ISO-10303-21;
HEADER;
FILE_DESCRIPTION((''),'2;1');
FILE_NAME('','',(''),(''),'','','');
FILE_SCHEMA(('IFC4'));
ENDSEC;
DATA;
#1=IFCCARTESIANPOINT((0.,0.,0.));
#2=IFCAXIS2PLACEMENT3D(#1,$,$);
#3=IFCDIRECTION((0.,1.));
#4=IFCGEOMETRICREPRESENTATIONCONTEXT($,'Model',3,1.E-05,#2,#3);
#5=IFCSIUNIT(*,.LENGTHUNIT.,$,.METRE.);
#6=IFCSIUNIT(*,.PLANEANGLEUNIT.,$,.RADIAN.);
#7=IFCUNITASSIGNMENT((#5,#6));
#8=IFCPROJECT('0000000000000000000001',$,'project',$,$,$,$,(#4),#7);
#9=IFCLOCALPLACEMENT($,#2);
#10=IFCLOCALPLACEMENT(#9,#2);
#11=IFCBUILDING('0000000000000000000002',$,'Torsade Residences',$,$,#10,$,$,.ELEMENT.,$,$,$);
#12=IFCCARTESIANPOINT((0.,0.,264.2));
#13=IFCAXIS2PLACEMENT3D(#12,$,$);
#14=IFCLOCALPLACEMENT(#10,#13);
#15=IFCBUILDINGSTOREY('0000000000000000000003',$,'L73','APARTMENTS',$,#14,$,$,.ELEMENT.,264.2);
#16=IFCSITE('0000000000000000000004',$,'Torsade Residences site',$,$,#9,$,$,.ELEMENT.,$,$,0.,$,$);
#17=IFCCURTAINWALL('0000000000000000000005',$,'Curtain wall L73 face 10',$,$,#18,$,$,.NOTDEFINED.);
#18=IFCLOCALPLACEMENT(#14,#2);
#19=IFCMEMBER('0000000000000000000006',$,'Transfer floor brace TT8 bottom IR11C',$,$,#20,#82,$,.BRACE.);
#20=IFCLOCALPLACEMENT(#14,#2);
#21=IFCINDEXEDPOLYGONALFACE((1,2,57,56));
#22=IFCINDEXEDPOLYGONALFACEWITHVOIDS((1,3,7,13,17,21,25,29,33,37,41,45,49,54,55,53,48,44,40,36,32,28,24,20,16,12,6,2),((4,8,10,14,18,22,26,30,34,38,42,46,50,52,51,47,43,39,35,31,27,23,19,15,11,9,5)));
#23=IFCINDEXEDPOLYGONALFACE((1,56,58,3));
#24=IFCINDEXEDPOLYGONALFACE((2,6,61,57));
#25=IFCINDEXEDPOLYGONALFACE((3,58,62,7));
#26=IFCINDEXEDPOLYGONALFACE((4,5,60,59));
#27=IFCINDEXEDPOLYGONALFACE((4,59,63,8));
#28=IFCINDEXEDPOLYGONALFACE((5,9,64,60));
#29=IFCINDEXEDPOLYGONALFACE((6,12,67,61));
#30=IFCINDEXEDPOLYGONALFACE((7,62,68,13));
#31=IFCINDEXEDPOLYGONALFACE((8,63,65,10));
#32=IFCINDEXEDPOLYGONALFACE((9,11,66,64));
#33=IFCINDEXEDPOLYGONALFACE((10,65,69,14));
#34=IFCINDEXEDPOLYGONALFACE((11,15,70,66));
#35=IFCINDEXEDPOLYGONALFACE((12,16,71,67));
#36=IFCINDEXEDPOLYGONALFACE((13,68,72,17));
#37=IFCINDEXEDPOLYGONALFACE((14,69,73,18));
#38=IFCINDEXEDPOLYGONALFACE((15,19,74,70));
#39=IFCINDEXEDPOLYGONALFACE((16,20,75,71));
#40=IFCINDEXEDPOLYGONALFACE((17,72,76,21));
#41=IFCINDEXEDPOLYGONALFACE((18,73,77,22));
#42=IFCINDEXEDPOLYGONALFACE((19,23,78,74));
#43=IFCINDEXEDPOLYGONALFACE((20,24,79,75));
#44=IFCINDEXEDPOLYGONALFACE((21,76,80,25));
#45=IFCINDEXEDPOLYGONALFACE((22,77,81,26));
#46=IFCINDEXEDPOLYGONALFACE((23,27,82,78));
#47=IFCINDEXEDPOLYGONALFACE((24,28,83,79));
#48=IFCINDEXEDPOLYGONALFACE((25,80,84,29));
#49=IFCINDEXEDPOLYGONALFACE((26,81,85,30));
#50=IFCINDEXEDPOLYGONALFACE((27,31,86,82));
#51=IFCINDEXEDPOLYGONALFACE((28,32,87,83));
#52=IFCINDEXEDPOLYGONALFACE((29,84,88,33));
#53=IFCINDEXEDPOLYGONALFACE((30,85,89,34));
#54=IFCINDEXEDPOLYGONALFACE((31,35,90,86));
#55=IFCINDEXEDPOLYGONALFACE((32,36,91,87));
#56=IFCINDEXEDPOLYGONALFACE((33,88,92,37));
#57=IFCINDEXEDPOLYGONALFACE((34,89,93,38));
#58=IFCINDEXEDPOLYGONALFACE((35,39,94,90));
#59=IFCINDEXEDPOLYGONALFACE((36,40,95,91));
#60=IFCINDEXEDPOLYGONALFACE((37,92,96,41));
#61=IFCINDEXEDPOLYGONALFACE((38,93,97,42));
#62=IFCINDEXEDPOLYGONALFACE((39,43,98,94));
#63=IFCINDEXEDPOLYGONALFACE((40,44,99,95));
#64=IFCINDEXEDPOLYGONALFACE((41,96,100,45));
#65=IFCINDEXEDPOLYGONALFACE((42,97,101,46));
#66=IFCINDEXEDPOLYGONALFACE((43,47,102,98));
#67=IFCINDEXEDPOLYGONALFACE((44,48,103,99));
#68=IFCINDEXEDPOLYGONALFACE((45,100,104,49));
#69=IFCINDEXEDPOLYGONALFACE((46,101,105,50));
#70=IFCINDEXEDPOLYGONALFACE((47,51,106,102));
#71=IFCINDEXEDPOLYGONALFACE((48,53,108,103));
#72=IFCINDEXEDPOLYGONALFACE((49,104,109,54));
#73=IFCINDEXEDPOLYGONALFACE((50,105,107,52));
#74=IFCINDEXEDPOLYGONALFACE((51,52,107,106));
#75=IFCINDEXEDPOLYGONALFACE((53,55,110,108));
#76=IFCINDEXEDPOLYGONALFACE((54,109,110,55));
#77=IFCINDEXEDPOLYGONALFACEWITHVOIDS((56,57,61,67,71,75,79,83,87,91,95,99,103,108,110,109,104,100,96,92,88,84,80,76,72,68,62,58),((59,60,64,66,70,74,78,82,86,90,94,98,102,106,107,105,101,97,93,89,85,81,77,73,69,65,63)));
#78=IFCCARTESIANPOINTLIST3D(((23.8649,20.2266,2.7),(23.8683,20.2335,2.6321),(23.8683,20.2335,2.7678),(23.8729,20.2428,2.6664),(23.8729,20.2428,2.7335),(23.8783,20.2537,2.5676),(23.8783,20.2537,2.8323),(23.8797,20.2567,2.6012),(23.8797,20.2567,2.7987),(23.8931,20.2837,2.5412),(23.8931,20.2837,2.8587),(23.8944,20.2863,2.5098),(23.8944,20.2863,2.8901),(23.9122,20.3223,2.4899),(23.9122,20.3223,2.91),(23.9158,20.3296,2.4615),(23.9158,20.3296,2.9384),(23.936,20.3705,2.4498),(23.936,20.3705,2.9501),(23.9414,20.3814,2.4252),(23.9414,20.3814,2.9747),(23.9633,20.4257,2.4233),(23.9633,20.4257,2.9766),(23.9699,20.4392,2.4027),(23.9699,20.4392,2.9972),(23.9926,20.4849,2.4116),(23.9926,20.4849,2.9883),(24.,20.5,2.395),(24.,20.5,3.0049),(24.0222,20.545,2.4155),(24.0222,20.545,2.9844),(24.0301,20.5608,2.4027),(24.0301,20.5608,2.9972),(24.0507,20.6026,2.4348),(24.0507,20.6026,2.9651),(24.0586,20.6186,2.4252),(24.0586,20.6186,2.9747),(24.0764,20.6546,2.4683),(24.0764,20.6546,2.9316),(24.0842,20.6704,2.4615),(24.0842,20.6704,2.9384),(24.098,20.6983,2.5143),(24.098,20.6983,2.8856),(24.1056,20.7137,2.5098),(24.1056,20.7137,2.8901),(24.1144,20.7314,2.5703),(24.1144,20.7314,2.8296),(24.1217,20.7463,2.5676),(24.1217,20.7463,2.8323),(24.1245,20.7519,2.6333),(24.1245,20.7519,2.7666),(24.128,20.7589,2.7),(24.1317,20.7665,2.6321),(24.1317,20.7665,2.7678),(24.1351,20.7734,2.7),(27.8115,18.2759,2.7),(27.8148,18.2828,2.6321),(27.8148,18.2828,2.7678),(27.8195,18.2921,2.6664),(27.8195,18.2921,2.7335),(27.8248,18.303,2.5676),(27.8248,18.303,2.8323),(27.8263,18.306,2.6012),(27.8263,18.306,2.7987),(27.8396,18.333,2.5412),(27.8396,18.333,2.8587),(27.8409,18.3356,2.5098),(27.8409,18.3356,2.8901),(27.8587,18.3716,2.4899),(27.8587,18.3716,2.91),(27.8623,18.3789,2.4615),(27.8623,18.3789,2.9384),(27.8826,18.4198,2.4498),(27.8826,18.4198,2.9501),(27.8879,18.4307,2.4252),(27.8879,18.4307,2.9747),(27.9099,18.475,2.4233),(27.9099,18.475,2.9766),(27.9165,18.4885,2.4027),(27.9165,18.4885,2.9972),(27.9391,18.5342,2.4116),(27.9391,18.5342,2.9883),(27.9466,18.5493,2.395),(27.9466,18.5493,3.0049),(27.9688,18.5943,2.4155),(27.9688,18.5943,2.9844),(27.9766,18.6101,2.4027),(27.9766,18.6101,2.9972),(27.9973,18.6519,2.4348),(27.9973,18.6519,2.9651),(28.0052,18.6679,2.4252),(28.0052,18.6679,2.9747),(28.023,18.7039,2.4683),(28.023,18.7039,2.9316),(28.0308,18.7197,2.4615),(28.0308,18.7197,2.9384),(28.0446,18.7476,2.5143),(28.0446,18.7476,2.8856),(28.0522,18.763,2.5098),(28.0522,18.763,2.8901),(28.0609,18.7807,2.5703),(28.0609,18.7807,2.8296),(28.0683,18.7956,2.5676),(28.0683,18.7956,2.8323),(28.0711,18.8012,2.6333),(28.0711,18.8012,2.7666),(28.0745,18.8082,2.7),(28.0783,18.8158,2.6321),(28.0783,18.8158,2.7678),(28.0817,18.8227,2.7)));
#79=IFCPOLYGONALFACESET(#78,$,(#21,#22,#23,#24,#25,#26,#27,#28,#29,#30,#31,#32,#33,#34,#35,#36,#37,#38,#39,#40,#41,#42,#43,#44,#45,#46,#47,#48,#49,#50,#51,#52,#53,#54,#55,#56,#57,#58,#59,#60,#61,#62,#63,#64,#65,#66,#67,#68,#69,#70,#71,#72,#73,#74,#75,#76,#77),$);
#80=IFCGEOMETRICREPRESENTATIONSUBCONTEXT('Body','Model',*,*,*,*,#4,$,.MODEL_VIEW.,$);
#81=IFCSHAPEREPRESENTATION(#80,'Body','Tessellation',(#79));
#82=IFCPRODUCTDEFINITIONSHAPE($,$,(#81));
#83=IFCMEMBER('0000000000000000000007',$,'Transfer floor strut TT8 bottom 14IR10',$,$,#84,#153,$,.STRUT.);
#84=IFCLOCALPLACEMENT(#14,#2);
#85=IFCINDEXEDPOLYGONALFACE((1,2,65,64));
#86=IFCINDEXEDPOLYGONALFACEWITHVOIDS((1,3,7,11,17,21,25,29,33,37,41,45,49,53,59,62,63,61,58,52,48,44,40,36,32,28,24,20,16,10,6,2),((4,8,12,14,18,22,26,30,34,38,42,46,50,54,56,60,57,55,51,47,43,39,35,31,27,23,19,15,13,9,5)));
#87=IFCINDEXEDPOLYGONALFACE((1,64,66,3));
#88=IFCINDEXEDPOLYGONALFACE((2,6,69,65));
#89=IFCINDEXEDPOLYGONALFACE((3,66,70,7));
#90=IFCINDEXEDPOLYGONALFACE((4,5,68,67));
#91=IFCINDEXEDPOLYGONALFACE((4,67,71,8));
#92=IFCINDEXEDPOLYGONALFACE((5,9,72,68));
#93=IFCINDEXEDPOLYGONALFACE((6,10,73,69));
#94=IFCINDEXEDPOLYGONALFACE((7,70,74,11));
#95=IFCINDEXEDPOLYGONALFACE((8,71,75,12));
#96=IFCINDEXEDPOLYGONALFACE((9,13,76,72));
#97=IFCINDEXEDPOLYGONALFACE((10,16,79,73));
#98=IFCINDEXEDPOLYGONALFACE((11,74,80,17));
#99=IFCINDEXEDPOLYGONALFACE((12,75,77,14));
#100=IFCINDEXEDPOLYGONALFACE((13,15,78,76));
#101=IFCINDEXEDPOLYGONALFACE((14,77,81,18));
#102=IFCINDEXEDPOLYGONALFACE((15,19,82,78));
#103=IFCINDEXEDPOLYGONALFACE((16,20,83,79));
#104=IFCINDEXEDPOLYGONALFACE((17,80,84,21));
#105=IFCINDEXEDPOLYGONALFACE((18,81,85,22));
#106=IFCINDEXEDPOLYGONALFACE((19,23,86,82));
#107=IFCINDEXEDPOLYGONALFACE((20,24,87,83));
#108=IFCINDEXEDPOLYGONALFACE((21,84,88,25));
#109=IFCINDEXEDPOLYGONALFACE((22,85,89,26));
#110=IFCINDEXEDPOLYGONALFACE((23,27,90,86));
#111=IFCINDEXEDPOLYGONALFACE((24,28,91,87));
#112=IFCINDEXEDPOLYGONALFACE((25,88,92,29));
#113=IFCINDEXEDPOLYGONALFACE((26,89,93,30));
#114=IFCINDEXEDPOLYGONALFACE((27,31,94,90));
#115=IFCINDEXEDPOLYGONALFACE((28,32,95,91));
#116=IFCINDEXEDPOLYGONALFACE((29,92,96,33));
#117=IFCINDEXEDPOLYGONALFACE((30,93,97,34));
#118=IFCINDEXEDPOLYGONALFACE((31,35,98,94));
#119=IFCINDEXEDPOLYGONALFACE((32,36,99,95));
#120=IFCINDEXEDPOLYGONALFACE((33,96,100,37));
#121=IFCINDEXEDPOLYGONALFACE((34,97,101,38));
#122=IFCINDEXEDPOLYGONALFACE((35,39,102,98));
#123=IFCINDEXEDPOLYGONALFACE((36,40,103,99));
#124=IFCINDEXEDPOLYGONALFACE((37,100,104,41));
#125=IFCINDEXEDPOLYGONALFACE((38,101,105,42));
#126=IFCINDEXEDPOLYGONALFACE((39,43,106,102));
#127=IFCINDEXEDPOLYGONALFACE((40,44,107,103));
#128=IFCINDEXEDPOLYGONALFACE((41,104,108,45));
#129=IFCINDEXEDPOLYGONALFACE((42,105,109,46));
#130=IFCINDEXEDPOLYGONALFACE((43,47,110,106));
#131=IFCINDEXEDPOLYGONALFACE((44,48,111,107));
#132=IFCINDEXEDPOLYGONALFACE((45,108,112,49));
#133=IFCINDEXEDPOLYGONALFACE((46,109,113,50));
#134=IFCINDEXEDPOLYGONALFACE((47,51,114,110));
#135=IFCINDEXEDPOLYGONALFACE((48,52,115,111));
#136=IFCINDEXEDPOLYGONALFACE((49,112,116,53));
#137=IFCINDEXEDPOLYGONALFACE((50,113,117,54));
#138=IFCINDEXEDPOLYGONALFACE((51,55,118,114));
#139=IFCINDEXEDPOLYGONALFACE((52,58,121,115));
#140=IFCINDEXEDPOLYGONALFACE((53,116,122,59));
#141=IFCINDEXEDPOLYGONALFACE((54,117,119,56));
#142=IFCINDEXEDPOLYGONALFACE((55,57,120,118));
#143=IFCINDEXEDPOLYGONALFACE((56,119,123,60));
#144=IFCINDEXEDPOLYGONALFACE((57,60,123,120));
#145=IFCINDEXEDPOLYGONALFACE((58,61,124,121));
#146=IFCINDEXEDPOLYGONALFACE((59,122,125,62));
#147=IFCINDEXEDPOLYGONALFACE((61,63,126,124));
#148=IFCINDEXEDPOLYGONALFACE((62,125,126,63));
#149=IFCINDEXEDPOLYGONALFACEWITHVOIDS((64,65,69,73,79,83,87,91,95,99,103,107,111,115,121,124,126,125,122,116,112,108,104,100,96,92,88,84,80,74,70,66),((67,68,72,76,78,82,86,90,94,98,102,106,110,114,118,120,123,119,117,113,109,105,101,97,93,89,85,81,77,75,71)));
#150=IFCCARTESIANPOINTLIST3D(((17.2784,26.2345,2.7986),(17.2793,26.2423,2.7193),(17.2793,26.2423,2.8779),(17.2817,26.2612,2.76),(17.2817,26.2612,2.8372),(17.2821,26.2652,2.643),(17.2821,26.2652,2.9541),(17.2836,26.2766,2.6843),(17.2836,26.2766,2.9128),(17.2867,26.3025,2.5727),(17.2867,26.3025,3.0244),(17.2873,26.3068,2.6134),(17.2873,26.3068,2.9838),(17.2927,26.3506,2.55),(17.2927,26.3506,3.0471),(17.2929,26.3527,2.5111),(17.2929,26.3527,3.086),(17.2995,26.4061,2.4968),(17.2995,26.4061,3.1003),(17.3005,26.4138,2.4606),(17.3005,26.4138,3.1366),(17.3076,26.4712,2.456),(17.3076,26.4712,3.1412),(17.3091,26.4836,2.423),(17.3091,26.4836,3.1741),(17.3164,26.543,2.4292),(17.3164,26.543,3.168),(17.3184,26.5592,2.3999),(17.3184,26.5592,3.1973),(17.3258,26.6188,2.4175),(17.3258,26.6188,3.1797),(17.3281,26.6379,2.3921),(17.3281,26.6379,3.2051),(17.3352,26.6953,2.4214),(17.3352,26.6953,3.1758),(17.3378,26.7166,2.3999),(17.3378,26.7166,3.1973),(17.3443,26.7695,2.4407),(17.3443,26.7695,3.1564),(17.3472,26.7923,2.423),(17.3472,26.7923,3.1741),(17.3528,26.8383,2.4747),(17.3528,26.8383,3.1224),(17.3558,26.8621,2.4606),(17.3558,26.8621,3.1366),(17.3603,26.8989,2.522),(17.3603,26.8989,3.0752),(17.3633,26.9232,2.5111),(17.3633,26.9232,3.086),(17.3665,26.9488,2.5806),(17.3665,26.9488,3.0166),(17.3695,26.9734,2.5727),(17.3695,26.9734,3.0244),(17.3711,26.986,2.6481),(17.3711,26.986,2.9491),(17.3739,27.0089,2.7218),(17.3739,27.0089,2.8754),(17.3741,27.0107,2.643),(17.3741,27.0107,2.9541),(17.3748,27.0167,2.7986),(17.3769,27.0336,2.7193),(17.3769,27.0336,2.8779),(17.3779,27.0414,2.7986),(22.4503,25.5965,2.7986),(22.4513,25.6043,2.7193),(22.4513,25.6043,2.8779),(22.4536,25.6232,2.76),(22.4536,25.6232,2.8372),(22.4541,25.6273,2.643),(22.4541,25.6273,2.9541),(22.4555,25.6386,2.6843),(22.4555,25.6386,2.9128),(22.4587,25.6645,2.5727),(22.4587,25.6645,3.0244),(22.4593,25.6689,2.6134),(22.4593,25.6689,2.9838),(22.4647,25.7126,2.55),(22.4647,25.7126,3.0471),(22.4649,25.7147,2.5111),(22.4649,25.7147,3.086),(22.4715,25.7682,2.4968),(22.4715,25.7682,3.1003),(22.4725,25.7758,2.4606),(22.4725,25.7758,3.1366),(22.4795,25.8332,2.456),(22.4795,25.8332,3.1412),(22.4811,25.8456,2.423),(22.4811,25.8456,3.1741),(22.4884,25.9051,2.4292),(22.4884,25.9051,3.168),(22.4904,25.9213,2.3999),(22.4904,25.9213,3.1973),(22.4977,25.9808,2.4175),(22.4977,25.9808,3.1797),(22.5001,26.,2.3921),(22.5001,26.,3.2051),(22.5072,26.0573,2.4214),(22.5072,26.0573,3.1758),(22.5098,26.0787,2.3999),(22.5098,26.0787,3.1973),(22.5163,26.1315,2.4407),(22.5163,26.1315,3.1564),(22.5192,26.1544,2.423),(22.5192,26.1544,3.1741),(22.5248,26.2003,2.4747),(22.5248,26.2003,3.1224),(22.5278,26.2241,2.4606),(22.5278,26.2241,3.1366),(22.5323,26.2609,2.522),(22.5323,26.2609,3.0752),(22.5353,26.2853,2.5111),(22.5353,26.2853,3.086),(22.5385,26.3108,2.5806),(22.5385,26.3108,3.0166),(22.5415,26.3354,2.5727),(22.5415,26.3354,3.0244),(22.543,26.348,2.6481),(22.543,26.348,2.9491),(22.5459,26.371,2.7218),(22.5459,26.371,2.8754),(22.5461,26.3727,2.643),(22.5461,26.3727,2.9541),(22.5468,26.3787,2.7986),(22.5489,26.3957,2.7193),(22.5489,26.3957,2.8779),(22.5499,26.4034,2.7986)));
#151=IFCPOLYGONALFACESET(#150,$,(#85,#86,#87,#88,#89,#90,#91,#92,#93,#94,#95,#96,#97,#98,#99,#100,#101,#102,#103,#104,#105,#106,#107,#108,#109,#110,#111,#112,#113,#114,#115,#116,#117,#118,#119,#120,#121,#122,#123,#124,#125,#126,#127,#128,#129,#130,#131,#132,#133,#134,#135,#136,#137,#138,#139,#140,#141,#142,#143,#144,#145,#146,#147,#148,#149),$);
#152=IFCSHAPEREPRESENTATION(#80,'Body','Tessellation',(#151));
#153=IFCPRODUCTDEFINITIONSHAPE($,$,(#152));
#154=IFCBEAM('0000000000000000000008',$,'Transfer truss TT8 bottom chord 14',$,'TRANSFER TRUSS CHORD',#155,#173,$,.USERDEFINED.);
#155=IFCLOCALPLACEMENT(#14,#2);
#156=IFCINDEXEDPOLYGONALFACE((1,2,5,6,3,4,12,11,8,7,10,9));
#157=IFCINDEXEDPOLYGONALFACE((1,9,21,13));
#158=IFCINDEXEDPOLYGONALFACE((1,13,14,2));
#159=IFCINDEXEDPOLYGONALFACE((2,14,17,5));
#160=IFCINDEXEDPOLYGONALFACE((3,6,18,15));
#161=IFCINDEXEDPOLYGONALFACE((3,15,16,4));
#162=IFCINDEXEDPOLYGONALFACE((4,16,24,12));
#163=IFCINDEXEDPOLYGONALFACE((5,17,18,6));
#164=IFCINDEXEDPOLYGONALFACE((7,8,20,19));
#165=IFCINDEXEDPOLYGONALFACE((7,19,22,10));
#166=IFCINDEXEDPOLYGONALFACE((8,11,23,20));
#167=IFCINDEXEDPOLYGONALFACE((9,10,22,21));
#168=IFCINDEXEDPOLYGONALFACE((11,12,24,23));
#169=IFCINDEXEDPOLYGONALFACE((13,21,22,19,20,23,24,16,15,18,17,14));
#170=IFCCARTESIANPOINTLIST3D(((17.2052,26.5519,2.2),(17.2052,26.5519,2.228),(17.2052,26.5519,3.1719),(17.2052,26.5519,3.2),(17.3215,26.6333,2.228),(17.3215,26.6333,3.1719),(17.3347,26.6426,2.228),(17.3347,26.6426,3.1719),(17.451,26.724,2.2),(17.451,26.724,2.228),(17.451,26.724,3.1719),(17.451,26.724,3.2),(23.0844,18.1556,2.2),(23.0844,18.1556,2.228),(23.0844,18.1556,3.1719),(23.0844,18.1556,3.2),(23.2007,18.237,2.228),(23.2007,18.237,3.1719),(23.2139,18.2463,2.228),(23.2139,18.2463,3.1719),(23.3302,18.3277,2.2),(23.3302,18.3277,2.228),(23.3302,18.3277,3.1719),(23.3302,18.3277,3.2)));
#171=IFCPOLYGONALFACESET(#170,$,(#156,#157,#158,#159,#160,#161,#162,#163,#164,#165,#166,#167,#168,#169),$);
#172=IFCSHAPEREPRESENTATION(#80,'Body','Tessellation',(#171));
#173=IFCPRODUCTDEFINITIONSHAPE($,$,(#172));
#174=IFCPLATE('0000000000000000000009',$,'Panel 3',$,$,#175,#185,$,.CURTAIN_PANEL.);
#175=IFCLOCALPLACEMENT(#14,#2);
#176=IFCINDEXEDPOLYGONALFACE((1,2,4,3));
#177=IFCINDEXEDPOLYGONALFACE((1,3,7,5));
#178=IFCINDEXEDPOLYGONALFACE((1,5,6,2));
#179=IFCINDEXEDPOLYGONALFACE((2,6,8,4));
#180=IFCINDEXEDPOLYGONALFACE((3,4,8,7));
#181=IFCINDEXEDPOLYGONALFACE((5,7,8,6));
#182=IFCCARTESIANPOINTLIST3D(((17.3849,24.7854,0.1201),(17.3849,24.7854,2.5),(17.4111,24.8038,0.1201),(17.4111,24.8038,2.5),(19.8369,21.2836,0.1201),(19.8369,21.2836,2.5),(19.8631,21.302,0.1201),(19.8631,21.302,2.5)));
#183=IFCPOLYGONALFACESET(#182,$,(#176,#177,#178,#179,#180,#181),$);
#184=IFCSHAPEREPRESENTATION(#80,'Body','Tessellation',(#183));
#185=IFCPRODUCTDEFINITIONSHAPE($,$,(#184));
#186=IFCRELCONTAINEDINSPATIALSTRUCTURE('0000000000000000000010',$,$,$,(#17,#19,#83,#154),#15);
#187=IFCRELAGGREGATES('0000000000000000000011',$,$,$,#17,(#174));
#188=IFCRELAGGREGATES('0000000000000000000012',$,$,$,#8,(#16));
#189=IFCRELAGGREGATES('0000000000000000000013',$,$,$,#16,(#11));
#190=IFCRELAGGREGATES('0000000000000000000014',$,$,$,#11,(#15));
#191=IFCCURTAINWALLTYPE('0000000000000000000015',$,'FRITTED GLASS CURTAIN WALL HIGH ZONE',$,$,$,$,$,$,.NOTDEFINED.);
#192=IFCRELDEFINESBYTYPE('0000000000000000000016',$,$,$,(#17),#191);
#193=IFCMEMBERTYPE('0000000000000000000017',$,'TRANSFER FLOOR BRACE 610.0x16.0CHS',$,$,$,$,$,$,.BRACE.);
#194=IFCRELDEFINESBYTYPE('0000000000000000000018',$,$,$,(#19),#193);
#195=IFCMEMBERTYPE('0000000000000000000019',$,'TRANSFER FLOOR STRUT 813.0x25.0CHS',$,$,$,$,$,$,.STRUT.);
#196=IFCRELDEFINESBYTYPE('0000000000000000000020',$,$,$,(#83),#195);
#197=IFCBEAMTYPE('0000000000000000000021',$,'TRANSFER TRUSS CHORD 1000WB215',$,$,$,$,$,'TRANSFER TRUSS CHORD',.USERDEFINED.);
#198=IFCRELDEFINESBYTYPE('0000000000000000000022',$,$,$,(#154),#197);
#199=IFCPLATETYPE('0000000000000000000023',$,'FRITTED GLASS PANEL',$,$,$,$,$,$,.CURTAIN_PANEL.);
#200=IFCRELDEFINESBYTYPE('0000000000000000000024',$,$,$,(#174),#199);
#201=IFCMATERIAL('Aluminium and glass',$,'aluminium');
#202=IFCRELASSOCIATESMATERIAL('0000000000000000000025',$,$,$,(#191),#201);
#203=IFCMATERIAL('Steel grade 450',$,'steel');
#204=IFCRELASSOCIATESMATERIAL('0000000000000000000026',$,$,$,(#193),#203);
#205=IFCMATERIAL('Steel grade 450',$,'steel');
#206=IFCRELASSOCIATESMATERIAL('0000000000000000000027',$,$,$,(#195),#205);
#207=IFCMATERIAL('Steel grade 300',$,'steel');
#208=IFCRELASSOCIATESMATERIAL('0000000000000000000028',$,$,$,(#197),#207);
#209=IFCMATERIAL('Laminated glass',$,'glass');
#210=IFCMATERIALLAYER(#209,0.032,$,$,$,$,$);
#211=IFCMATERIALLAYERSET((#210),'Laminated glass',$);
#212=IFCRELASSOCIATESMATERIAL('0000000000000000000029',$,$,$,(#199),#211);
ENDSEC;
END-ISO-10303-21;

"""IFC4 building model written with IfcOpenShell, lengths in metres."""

from ifc_helpers import new_model, si_unit, direction, frame, origin, origin_2d, place, context, subcontext, project, spatial, rectangle, hollow_circle, i_section, extrude, material, layer, layer_set, material_profile, profile_set, type_object, element, aggregate, save


model = new_model("IFC4")

# Units and contexts
model_context = context("Model", 3, precision=1e-05, world=origin(), true_north=direction((0.0, 1.0)))
body_context = subcontext(model_context, "Body", "Model", "MODEL_VIEW")
ifc_project = project(units=[si_unit("LENGTHUNIT", "METRE"), si_unit("PLANEANGLEUNIT", "RADIAN")], contexts=[model_context])

# Site, building, storey
site_placement = place(None, origin())
site = spatial("IfcSite", under=ifc_project, at=site_placement, Name="Torsade Residences site", CompositionType="ELEMENT", RefElevation=0.0)
building_placement = place(site_placement, origin())
building = spatial("IfcBuilding", under=site, at=building_placement, Name="Torsade Residences", CompositionType="ELEMENT")
storey_placement = place(building_placement, frame((0.0, 0.0, 264.2)))
storey = spatial("IfcBuildingStorey", under=building, at=storey_placement, Name="L73", Description="APARTMENTS", CompositionType="ELEMENT", Elevation=264.2)

# Curtain wall
ifc_material_1 = material(Name="Aluminium and glass", Category="aluminium")
curtain_wall_type = type_object("IfcCurtainWallType", Name="FRITTED GLASS CURTAIN WALL HIGH ZONE", PredefinedType="NOTDEFINED", material=ifc_material_1)
curtain_wall_placement = place(storey_placement, origin())
curtain_wall = element("IfcCurtainWall", 1, at=curtain_wall_placement, inside=storey, type_object=curtain_wall_type, Name="Curtain wall L73 face 10", PredefinedType="NOTDEFINED")

# Members
ifc_material_2 = material(Name="Steel grade 450", Category="steel")
ifc_material_profile_1 = material_profile(ifc_material_2, hollow_circle(Radius=0.3049, WallThickness=0.0161, at=origin_2d()), Name="610.0x16.0CHS")
ifc_profile_set_1 = profile_set([ifc_material_profile_1], Name="Steel grade 450")
member_type_1 = type_object("IfcMemberType", Name="TRANSFER FLOOR BRACE 610.0x16.0CHS", PredefinedType="BRACE", material=ifc_profile_set_1)
member_1_placement = place(storey_placement, frame((24.0, 20.5, 2.7), z_axis=(0.89647, -0.443105, 0.0), x_axis=(0.443105, 0.89647, 0.0)))
element("IfcMember", 2, at=member_1_placement, inside=storey, type_object=member_type_1, Name="Transfer floor brace TT8 bottom IR11C", PredefinedType="BRACE", context=body_context, shape_type="SweptSolid", body=[
    extrude(hollow_circle(Radius=0.3049, WallThickness=0.0161, at=origin_2d()), origin(), (0.0, 0.0, 1.0), 4.4023),
])
ifc_material_3 = material(Name="Steel grade 450", Category="steel")
ifc_material_profile_2 = material_profile(ifc_material_3, hollow_circle(Radius=0.4065, WallThickness=0.0249, at=origin_2d()), Name="813.0x25.0CHS")
ifc_profile_set_2 = profile_set([ifc_material_profile_2], Name="Steel grade 450")
member_type_2 = type_object("IfcMemberType", Name="TRANSFER FLOOR STRUT 813.0x25.0CHS", PredefinedType="STRUT", material=ifc_profile_set_2)
member_2_placement = place(storey_placement, frame((17.3281, 26.6379, 2.7986), z_axis=(0.992478, -0.12242, 0.0), x_axis=(0.12242, 0.992478, 0.0)))
element("IfcMember", 3, at=member_2_placement, inside=storey, type_object=member_type_2, Name="Transfer floor strut TT8 bottom 14IR10", PredefinedType="STRUT", context=body_context, shape_type="SweptSolid", body=[
    extrude(hollow_circle(Radius=0.4065, WallThickness=0.0249, at=origin_2d()), origin(), (0.0, 0.0, 1.0), 5.2112),
])

# Beam
ifc_material_4 = material(Name="Steel grade 300", Category="steel")
ifc_material_profile_3 = material_profile(ifc_material_4, i_section(OverallWidth=0.3, OverallDepth=1.0, WebThickness=0.0161, FlangeThickness=0.0281, at=origin_2d()), Name="1000WB215")
ifc_profile_set_3 = profile_set([ifc_material_profile_3], Name="Steel grade 300")
beam_type_1 = type_object("IfcBeamType", Name="TRANSFER TRUSS CHORD 1000WB215", ElementType="TRANSFER TRUSS CHORD", PredefinedType="USERDEFINED", material=ifc_profile_set_3)
beam_1_placement = place(storey_placement, frame((17.3281, 26.6379, 2.7), z_axis=(0.573579, -0.81915, 0.0), x_axis=(0.81915, 0.573579, 0.0)))
element("IfcBeam", 4, at=beam_1_placement, inside=storey, type_object=beam_type_1, Name="Transfer truss TT8 bottom chord 14", ObjectType="TRANSFER TRUSS CHORD", PredefinedType="USERDEFINED", context=body_context, shape_type="SweptSolid", body=[
    extrude(i_section(OverallWidth=0.3, OverallDepth=1.0, WebThickness=0.0161, FlangeThickness=0.0281, at=origin_2d()), origin(), (0.0, 0.0, 1.0), 10.25),
])

# Plate
ifc_material_5 = material(Name="Laminated glass", Category="glass")
ifc_layer_1 = layer(ifc_material_5, 0.032)
ifc_layer_set_1 = layer_set([ifc_layer_1], Name="Laminated glass")
plate_type_1 = type_object("IfcPlateType", Name="FRITTED GLASS PANEL", PredefinedType="CURTAIN_PANEL", material=ifc_layer_set_1)
plate_1_placement = place(storey_placement, frame((18.624, 23.0437, 0.1201), z_axis=(0.0, 0.0, 1.0), x_axis=(0.573576, -0.819152, 0.0)))
plate_1 = element("IfcPlate", 5, at=plate_1_placement, type_object=plate_type_1, Name="Panel 3", PredefinedType="CURTAIN_PANEL", context=body_context, shape_type="SweptSolid", body=[
    extrude(rectangle(XDim=4.2749, YDim=0.032, at=origin_2d()), origin(), (0.0, 0.0, 1.0), 2.3799),
])
aggregate(curtain_wall, [plate_1])

save(model, "model.ifc")
